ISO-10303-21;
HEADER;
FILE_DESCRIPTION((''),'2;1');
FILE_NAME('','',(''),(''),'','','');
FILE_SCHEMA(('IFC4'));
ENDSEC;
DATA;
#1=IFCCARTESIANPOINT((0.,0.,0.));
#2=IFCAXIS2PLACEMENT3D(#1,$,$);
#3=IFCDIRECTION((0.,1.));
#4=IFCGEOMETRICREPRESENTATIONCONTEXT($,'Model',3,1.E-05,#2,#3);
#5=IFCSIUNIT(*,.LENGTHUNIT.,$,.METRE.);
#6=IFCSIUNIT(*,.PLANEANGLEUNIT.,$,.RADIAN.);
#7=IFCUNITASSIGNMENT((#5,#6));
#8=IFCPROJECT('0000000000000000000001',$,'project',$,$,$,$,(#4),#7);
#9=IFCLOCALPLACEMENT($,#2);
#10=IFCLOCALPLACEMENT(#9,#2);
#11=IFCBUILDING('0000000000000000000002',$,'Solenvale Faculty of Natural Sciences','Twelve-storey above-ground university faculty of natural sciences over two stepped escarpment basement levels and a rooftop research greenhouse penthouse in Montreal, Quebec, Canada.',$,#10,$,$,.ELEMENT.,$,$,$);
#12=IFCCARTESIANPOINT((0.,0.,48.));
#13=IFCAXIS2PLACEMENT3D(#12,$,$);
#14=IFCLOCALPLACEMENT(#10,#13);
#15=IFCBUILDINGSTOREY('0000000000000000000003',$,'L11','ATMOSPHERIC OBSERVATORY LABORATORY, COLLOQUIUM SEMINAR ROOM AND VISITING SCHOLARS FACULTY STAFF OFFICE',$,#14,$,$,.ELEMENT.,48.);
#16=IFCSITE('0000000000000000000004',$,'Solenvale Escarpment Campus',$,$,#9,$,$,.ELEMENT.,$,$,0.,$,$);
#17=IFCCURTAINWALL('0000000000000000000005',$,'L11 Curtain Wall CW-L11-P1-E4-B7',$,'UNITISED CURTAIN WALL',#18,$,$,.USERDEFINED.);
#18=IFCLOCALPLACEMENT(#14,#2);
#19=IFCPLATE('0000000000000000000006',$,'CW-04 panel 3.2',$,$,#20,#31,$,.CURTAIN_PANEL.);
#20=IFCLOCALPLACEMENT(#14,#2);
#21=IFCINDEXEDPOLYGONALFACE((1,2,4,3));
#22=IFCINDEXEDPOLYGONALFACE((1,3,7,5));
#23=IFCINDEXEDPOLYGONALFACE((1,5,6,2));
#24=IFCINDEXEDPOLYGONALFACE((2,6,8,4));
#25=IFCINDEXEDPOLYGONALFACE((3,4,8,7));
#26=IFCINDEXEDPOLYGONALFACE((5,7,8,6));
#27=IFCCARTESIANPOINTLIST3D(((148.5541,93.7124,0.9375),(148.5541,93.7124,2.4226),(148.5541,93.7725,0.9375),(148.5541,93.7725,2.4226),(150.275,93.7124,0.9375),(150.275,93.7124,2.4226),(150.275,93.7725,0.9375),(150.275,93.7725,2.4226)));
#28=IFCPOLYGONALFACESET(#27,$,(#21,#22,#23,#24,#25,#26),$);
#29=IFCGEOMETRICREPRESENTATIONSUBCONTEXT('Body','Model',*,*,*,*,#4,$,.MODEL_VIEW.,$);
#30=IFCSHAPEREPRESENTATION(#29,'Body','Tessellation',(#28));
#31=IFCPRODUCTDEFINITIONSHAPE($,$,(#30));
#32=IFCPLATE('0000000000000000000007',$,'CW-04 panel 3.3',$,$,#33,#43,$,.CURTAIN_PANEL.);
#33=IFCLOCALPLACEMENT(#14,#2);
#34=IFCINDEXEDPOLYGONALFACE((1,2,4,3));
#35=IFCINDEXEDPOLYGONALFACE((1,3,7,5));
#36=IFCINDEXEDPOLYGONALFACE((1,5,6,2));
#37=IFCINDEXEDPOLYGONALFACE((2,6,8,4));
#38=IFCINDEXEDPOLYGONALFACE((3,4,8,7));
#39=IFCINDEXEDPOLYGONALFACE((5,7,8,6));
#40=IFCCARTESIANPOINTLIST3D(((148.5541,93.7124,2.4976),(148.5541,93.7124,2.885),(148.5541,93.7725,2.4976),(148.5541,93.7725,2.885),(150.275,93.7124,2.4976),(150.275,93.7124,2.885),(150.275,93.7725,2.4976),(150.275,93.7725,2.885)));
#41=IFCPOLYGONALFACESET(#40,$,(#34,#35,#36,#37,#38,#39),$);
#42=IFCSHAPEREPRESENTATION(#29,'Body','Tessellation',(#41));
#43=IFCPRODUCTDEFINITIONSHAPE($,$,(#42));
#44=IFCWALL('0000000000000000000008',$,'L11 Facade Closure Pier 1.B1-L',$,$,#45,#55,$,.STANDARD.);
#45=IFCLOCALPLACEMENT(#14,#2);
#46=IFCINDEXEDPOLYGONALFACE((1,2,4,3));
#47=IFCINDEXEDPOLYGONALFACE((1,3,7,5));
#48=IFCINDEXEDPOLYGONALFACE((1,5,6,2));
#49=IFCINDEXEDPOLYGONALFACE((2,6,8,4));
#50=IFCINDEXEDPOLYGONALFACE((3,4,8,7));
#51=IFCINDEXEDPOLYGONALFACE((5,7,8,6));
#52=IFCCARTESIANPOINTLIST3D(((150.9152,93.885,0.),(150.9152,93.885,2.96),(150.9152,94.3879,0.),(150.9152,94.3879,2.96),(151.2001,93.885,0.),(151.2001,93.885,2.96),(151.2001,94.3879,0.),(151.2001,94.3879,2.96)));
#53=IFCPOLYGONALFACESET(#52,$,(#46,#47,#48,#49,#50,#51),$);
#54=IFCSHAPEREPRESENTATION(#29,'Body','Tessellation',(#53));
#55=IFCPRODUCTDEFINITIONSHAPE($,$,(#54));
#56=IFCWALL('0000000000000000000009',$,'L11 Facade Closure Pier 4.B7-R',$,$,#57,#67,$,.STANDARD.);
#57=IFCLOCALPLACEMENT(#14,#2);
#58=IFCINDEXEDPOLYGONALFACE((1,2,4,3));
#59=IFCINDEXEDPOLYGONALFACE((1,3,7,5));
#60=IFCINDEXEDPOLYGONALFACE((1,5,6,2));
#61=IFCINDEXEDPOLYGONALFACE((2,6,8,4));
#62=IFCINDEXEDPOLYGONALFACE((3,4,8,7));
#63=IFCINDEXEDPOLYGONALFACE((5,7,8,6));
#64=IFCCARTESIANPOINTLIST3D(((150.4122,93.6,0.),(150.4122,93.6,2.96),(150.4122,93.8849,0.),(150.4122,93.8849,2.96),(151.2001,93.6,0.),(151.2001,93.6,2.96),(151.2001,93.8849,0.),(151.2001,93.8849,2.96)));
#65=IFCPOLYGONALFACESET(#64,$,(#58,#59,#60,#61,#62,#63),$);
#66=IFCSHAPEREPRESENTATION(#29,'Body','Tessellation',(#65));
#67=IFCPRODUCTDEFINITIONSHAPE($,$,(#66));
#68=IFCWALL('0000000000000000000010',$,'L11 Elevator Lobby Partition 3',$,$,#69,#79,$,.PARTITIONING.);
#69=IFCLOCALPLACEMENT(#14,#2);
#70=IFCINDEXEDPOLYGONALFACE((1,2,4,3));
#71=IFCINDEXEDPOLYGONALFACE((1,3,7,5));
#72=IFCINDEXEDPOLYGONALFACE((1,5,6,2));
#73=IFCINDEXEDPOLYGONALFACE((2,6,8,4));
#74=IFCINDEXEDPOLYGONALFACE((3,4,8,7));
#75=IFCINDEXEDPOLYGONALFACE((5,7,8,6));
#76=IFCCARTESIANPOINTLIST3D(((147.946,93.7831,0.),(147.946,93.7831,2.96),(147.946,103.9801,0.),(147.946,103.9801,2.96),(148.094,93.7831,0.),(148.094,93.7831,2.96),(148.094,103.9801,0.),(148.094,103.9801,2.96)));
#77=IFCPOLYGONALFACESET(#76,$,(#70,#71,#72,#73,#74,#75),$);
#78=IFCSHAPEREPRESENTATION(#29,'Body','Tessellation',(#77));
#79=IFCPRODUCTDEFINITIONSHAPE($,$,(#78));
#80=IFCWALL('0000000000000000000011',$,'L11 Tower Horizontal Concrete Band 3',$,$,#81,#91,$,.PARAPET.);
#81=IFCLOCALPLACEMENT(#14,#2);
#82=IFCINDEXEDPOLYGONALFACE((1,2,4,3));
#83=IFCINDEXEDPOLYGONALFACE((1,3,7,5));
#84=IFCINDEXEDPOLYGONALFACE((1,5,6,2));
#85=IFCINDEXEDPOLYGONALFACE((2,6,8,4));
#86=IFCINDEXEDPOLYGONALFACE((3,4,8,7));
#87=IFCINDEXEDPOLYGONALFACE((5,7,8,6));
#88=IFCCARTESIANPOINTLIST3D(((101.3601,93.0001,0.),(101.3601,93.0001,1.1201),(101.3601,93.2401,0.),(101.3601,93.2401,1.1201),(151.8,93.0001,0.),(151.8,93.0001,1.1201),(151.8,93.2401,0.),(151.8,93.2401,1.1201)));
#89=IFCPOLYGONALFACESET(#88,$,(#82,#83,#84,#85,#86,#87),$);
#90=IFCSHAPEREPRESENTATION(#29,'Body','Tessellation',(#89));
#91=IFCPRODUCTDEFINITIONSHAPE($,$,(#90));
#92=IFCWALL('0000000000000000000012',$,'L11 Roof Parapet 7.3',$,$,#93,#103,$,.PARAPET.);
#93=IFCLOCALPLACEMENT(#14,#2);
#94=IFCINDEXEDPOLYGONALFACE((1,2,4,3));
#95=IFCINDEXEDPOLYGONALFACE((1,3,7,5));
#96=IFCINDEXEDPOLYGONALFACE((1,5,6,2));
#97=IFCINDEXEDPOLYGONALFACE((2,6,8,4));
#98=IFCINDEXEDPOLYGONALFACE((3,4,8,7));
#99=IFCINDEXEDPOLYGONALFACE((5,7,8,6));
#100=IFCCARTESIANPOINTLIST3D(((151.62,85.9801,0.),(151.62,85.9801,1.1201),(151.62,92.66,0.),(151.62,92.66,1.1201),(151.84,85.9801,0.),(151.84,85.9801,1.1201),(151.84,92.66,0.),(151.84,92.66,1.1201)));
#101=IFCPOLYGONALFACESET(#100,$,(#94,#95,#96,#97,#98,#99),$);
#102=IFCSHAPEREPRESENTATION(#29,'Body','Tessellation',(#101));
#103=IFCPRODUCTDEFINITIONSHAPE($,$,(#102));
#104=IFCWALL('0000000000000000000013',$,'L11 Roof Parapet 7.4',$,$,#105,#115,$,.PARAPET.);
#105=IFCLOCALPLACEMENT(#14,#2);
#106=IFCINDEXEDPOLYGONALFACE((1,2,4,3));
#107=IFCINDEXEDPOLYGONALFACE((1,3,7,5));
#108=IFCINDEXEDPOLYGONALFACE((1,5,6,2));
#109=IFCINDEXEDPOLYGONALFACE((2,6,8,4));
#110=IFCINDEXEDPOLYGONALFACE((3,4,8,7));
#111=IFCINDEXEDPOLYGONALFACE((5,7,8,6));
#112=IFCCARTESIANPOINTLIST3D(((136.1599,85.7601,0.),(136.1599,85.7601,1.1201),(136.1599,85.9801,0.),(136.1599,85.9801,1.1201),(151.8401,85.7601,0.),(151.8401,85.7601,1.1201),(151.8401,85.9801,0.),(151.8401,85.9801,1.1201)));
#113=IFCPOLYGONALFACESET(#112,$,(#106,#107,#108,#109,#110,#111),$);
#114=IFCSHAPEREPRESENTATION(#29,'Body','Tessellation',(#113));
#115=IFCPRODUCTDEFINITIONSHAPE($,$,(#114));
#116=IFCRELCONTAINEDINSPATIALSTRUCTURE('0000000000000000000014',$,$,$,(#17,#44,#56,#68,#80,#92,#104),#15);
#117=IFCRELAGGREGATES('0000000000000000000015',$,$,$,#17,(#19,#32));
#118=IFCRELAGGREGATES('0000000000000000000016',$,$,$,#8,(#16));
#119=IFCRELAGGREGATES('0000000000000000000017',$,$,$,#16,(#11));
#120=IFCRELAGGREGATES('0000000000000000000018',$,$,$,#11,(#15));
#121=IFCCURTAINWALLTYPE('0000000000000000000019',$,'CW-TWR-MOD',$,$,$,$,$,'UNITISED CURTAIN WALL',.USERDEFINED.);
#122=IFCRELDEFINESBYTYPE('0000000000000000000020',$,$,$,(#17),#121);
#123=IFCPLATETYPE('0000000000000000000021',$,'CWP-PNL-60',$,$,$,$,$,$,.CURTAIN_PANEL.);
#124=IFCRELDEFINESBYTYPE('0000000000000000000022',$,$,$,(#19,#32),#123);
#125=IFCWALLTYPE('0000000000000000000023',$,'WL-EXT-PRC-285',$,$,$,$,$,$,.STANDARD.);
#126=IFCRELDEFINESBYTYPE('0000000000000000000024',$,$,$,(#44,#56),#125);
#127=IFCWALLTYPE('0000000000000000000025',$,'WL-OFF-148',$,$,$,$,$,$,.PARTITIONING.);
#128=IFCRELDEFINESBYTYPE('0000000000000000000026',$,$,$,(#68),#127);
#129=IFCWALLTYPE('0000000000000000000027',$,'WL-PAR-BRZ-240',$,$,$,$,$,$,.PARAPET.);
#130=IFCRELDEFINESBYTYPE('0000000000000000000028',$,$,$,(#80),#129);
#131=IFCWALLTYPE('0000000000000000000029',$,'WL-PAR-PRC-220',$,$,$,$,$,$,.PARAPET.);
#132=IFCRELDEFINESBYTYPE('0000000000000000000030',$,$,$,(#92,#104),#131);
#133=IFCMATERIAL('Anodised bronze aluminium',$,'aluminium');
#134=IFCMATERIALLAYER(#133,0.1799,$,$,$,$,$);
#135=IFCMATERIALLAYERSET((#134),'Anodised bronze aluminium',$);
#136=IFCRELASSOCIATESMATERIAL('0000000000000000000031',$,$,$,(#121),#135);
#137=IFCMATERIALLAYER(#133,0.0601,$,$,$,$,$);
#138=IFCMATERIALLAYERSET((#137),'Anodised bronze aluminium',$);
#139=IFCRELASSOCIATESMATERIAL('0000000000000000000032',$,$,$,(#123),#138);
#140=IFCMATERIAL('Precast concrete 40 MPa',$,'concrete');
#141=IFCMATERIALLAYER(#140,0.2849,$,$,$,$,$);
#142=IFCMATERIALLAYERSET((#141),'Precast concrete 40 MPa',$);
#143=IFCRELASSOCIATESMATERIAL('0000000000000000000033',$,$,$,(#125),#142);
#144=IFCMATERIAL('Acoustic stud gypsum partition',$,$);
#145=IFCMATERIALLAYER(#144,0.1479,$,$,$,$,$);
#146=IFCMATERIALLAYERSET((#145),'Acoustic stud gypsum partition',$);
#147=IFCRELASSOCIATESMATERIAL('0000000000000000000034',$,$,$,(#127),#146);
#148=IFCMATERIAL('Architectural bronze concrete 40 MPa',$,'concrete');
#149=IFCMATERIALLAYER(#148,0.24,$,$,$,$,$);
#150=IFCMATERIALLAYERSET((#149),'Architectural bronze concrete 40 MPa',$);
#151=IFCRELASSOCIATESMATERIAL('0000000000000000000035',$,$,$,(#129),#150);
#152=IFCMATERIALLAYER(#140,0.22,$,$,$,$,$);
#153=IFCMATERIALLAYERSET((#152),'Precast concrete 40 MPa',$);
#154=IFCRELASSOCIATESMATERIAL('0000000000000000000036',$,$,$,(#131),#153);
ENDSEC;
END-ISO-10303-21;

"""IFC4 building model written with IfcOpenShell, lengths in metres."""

from ifc_helpers import new_model, si_unit, direction, frame, frame_2d, origin, origin_2d, place, context, subcontext, project, spatial, rectangle, extrude, material, layer, layer_set, type_object, element, aggregate, save


model = new_model("IFC4")

# Units and contexts
model_context = context("Model", 3, precision=1e-05, world=origin(), true_north=direction((0.0, 1.0)))
body_context = subcontext(model_context, "Body", "Model", "MODEL_VIEW")
ifc_project = project(units=[si_unit("LENGTHUNIT", "METRE"), si_unit("PLANEANGLEUNIT", "RADIAN")], contexts=[model_context])

# Site, building, storey
site_placement = place(None, origin())
site = spatial("IfcSite", under=ifc_project, at=site_placement, Name="Solenvale Escarpment Campus", CompositionType="ELEMENT", RefElevation=0.0)
building_placement = place(site_placement, origin())
building = spatial("IfcBuilding", under=site, at=building_placement, Name="Solenvale Faculty of Natural Sciences", Description="Twelve-storey above-ground university faculty of natural sciences over two stepped escarpment basement levels and a rooftop research greenhouse penthouse in Montreal, Quebec, Canada.", CompositionType="ELEMENT")
storey_placement = place(building_placement, frame((0.0, 0.0, 48.0)))
storey = spatial("IfcBuildingStorey", under=building, at=storey_placement, Name="L11", Description="ATMOSPHERIC OBSERVATORY LABORATORY, COLLOQUIUM SEMINAR ROOM AND VISITING SCHOLARS FACULTY STAFF OFFICE", CompositionType="ELEMENT", Elevation=48.0)

# Shared definitions
ifc_material_1 = material(Name="Anodised bronze aluminium", Category="aluminium")
ifc_layer_1 = layer(ifc_material_1, 0.1799)
ifc_layer_set_1 = layer_set([ifc_layer_1], Name="Anodised bronze aluminium")
curtain_wall_type = type_object("IfcCurtainWallType", Name="CW-TWR-MOD", ElementType="UNITISED CURTAIN WALL", PredefinedType="USERDEFINED", material=ifc_layer_set_1)

# Curtain wall, plates
curtain_wall_1_placement = place(storey_placement, origin())
curtain_wall_1 = element("IfcCurtainWall", 1, at=curtain_wall_1_placement, inside=storey, type_object=curtain_wall_type, Name="L11 Curtain Wall CW-L11-P1-E4-B7", ObjectType="UNITISED CURTAIN WALL", PredefinedType="USERDEFINED")
ifc_layer_2 = layer(ifc_material_1, 0.0601)
ifc_layer_set_2 = layer_set([ifc_layer_2], Name="Anodised bronze aluminium")
plate_type = type_object("IfcPlateType", Name="CWP-PNL-60", PredefinedType="CURTAIN_PANEL", material=ifc_layer_set_2)
plate_1_placement = place(storey_placement, frame((149.4146, 93.7424, 0.9375), z_axis=(0.0, 0.0, 1.0), x_axis=(1.0, 0.0, 0.0)))
plate_1 = element("IfcPlate", 2, at=plate_1_placement, type_object=plate_type, Name="CW-04 panel 3.2", PredefinedType="CURTAIN_PANEL", context=body_context, shape_type="SweptSolid", body=[
    extrude(rectangle(XDim=1.7209, YDim=0.0601, at=origin_2d()), origin(), (0.0, 0.0, 1.0), 1.4851),
])
plate_2_placement = place(storey_placement, frame((149.4146, 93.7424, 2.4976), z_axis=(0.0, 0.0, 1.0), x_axis=(1.0, 0.0, 0.0)))
plate_2 = element("IfcPlate", 3, at=plate_2_placement, type_object=plate_type, Name="CW-04 panel 3.3", PredefinedType="CURTAIN_PANEL", context=body_context, shape_type="SweptSolid", body=[
    extrude(rectangle(XDim=1.7209, YDim=0.0601, at=origin_2d()), origin(), (0.0, 0.0, 1.0), 0.3875),
])
aggregate(curtain_wall_1, [plate_1, plate_2])

# Walls
ifc_material_2 = material(Name="Precast concrete 40 MPa", Category="concrete")
ifc_layer_3 = layer(ifc_material_2, 0.2849)
ifc_layer_set_3 = layer_set([ifc_layer_3], Name="Precast concrete 40 MPa")
wall_type_1 = type_object("IfcWallType", Name="WL-EXT-PRC-285", PredefinedType="STANDARD", material=ifc_layer_set_3)
wall_1_placement = place(storey_placement, frame((151.0576, 93.885, 0.0), z_axis=(0.0, 0.0, 1.0), x_axis=(0.0, 1.0, 0.0)))
element("IfcWall", 4, at=wall_1_placement, inside=storey, type_object=wall_type_1, Name="L11 Facade Closure Pier 1.B1-L", PredefinedType="STANDARD", context=body_context, shape_type="SweptSolid", body=[
    extrude(rectangle(XDim=0.5029, YDim=0.2849, at=frame_2d((0.2515, 0.0))), origin(), (0.0, 0.0, 1.0), 2.96),
])
wall_2_placement = place(storey_placement, frame((150.4121, 93.7424, 0.0), z_axis=(0.0, 0.0, 1.0), x_axis=(1.0, 0.0, 0.0)))
element("IfcWall", 5, at=wall_2_placement, inside=storey, type_object=wall_type_1, Name="L11 Facade Closure Pier 4.B7-R", PredefinedType="STANDARD", context=body_context, shape_type="SweptSolid", body=[
    extrude(rectangle(XDim=0.7878, YDim=0.2849, at=frame_2d((0.394, 0.0))), origin(), (0.0, 0.0, 1.0), 2.96),
])
ifc_material_3 = material(Name="Acoustic stud gypsum partition")
ifc_layer_4 = layer(ifc_material_3, 0.1479)
ifc_layer_set_4 = layer_set([ifc_layer_4], Name="Acoustic stud gypsum partition")
wall_type_2 = type_object("IfcWallType", Name="WL-OFF-148", PredefinedType="PARTITIONING", material=ifc_layer_set_4)
wall_3_placement = place(storey_placement, frame((148.02, 93.783, 0.0), z_axis=(0.0, 0.0, 1.0), x_axis=(0.0, 1.0, 0.0)))
element("IfcWall", 6, at=wall_3_placement, inside=storey, type_object=wall_type_2, Name="L11 Elevator Lobby Partition 3", PredefinedType="PARTITIONING", context=body_context, shape_type="SweptSolid", body=[
    extrude(rectangle(XDim=10.197, YDim=0.1479, at=frame_2d((5.0986, 0.0))), origin(), (0.0, 0.0, 1.0), 2.96),
])
ifc_material_4 = material(Name="Architectural bronze concrete 40 MPa", Category="concrete")
ifc_layer_5 = layer(ifc_material_4, 0.24)
ifc_layer_set_5 = layer_set([ifc_layer_5], Name="Architectural bronze concrete 40 MPa")
wall_type_3 = type_object("IfcWallType", Name="WL-PAR-BRZ-240", PredefinedType="PARAPET", material=ifc_layer_set_5)
wall_4_placement = place(storey_placement, frame((151.8, 93.1201, 0.0), z_axis=(0.0, 0.0, 1.0), x_axis=(-1.0, 0.0, 0.0)))
element("IfcWall", 7, at=wall_4_placement, inside=storey, type_object=wall_type_3, Name="L11 Tower Horizontal Concrete Band 3", PredefinedType="PARAPET", context=body_context, shape_type="SweptSolid", body=[
    extrude(rectangle(XDim=50.4399, YDim=0.24, at=frame_2d((25.22, 0.0))), origin(), (0.0, 0.0, 1.0), 1.1201),
])
ifc_layer_6 = layer(ifc_material_2, 0.22)
ifc_layer_set_6 = layer_set([ifc_layer_6], Name="Precast concrete 40 MPa")
wall_type_4 = type_object("IfcWallType", Name="WL-PAR-PRC-220", PredefinedType="PARAPET", material=ifc_layer_set_6)
wall_5_placement = place(storey_placement, frame((151.73, 92.6599, 0.0), z_axis=(0.0, 0.0, 1.0), x_axis=(0.0, -1.0, 0.0)))
element("IfcWall", 8, at=wall_5_placement, inside=storey, type_object=wall_type_4, Name="L11 Roof Parapet 7.3", PredefinedType="PARAPET", context=body_context, shape_type="SweptSolid", body=[
    extrude(rectangle(XDim=6.6799, YDim=0.22, at=frame_2d((3.3398, 0.0))), origin(), (0.0, 0.0, 1.0), 1.1201),
])
wall_6_placement = place(storey_placement, frame((151.8401, 85.8701, 0.0), z_axis=(0.0, 0.0, 1.0), x_axis=(-1.0, 0.0, 0.0)))
element("IfcWall", 9, at=wall_6_placement, inside=storey, type_object=wall_type_4, Name="L11 Roof Parapet 7.4", PredefinedType="PARAPET", context=body_context, shape_type="SweptSolid", body=[
    extrude(rectangle(XDim=15.6802, YDim=0.22, at=frame_2d((7.8401, 0.0))), origin(), (0.0, 0.0, 1.0), 1.1201),
])

save(model, "model.ifc")
